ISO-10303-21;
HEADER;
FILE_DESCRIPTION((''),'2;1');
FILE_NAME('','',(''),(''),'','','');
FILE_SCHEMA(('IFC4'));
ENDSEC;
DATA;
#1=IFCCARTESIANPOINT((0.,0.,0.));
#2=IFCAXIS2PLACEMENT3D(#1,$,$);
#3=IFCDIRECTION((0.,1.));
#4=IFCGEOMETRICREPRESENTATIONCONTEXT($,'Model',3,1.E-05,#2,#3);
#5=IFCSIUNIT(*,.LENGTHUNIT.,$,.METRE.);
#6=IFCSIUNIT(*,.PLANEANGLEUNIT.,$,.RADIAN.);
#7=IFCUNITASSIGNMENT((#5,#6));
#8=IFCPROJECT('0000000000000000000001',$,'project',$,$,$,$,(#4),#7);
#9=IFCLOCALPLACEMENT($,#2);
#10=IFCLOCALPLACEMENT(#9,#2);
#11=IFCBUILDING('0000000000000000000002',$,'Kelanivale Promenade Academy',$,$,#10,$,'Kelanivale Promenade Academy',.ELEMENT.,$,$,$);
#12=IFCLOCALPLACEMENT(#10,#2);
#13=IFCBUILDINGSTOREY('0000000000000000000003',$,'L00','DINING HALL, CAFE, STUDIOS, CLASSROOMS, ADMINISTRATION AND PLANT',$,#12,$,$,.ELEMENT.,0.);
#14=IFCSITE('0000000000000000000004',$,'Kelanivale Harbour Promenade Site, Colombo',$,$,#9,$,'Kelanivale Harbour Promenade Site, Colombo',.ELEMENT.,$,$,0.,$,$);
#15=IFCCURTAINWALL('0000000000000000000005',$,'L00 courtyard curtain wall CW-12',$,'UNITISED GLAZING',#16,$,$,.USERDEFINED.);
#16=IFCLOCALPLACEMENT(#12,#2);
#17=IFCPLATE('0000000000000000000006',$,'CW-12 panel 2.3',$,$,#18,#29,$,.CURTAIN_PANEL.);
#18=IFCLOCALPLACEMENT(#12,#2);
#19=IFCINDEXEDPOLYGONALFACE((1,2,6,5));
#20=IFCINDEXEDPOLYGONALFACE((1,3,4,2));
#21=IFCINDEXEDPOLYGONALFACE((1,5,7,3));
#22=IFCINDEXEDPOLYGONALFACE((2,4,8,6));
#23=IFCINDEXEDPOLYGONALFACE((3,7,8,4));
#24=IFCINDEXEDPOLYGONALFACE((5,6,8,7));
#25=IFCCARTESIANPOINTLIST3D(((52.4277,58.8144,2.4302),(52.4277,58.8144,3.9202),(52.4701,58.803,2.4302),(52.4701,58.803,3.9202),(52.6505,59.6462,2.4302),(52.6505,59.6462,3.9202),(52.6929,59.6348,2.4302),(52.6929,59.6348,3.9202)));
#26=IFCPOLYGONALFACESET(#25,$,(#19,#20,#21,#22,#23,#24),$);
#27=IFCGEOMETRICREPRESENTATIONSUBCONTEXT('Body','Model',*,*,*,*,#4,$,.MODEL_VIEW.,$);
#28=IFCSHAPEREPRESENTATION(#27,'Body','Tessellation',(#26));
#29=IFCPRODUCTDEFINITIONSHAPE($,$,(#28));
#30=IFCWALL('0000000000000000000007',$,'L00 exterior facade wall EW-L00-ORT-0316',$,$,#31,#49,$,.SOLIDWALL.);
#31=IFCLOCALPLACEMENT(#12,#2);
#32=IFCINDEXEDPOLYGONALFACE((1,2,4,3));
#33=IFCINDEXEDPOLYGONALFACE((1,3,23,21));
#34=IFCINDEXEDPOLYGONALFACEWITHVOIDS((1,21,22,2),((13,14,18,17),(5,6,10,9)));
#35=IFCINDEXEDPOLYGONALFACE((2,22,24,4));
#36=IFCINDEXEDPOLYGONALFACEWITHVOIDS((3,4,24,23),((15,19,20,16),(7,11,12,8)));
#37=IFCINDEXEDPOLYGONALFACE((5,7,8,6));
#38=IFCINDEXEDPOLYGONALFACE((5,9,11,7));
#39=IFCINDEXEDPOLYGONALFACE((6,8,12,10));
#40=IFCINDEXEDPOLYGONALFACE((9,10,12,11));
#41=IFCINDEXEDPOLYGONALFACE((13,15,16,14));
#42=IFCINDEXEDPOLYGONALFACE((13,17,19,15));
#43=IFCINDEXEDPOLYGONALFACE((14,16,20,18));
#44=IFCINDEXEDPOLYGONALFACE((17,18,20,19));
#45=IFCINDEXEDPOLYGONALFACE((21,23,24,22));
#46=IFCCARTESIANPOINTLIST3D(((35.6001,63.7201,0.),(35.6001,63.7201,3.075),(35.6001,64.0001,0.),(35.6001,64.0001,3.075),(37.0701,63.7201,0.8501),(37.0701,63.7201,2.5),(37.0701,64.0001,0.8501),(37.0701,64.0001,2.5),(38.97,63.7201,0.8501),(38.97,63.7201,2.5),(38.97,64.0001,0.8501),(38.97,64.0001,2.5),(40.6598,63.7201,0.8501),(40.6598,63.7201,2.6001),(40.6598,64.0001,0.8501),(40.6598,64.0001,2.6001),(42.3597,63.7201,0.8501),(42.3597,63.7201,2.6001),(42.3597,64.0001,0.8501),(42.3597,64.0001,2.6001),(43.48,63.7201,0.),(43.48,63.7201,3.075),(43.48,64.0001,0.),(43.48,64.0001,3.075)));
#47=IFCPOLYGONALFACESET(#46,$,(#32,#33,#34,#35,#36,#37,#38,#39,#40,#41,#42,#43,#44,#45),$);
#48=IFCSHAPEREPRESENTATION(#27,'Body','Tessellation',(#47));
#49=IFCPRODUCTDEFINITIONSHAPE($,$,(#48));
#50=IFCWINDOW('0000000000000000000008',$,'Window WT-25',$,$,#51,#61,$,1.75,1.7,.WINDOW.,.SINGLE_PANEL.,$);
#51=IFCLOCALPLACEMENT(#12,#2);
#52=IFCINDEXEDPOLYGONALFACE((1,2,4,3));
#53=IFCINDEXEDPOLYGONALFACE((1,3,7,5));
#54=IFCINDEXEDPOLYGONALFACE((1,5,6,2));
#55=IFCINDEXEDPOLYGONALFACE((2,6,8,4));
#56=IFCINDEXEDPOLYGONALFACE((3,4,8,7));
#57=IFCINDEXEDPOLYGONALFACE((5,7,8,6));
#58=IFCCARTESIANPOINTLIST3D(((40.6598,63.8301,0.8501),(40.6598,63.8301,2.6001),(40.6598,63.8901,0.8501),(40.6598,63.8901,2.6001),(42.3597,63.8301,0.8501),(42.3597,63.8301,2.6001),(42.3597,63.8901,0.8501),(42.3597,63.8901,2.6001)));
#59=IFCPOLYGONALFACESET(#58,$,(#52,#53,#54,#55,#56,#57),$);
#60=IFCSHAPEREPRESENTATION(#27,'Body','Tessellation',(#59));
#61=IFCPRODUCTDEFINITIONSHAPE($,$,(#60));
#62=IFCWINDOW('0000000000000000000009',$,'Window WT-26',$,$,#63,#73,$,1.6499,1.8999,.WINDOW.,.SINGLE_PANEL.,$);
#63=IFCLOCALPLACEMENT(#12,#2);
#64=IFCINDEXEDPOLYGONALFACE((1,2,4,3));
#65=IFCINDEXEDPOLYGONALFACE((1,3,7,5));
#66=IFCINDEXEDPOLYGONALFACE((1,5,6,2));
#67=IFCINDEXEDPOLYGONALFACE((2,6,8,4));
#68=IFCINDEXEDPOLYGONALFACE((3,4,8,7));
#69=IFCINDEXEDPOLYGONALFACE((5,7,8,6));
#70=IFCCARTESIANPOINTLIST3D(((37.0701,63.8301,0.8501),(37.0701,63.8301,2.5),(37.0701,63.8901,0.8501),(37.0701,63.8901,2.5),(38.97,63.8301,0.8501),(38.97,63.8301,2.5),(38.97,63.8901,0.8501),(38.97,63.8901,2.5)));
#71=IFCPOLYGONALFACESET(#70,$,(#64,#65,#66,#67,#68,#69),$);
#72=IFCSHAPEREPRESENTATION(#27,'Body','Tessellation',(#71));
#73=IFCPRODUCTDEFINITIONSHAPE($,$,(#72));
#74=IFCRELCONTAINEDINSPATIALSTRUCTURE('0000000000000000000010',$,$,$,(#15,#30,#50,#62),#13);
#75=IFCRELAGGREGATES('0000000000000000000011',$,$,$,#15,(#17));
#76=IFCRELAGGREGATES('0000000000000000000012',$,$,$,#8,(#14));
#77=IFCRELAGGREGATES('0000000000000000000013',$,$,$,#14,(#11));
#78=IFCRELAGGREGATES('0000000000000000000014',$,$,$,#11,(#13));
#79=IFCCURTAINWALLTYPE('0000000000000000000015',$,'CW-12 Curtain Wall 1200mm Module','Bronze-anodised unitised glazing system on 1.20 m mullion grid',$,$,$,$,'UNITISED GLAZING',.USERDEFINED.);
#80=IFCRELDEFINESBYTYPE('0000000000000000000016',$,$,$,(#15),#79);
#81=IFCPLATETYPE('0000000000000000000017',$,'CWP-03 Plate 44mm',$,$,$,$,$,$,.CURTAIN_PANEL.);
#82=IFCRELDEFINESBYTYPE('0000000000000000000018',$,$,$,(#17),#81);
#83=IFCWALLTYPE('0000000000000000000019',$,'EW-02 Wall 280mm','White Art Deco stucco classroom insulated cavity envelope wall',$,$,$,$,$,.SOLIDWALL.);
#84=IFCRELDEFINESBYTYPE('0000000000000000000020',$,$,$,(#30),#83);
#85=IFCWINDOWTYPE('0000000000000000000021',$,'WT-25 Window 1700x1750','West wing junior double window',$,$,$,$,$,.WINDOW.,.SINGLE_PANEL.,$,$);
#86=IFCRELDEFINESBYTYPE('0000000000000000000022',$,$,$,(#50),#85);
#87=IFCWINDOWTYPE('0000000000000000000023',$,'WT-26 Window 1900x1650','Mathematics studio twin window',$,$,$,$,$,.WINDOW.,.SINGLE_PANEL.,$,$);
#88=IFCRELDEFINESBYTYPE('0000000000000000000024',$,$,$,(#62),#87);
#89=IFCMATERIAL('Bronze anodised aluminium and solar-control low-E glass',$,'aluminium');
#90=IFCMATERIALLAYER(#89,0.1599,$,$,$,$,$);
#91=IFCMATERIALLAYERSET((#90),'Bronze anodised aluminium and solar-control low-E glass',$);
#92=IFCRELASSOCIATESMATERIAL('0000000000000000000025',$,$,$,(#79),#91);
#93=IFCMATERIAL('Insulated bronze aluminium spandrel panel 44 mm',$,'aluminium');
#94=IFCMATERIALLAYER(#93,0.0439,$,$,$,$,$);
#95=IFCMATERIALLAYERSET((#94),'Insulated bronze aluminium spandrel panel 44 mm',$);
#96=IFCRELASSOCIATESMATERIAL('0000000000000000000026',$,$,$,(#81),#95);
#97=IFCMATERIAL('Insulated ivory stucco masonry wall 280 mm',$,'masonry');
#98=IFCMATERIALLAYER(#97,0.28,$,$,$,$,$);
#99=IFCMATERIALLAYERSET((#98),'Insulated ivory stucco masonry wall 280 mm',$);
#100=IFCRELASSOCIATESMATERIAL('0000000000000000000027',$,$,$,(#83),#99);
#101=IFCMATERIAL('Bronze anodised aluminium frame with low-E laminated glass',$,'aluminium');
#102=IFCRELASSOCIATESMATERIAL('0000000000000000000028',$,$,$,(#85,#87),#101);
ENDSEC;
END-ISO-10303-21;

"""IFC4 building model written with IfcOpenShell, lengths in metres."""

from ifc_helpers import new_model, si_unit, direction, frame, frame_2d, origin, origin_2d, place, context, subcontext, project, spatial, rectangle, extrude, material, layer, layer_set, type_object, element, fill, aggregate, save


model = new_model("IFC4")

# Units and contexts
model_context = context("Model", 3, precision=1e-05, world=origin(), true_north=direction((0.0, 1.0)))
body_context = subcontext(model_context, "Body", "Model", "MODEL_VIEW")
ifc_project = project(units=[si_unit("LENGTHUNIT", "METRE"), si_unit("PLANEANGLEUNIT", "RADIAN")], contexts=[model_context])

# Site, building, storey
site_placement = place(None, origin())
site = spatial("IfcSite", under=ifc_project, at=site_placement, Name="Kelanivale Harbour Promenade Site, Colombo", LongName="Kelanivale Harbour Promenade Site, Colombo", CompositionType="ELEMENT", RefElevation=0.0)
building_placement = place(site_placement, origin())
building = spatial("IfcBuilding", under=site, at=building_placement, Name="Kelanivale Promenade Academy", LongName="Kelanivale Promenade Academy", CompositionType="ELEMENT")
storey_placement = place(building_placement, origin())
storey = spatial("IfcBuildingStorey", under=building, at=storey_placement, Name="L00", Description="DINING HALL, CAFE, STUDIOS, CLASSROOMS, ADMINISTRATION AND PLANT", CompositionType="ELEMENT", Elevation=0.0)

# Curtain wall, plate
ifc_material_1 = material(Name="Bronze anodised aluminium and solar-control low-E glass", Category="aluminium")
ifc_layer_1 = layer(ifc_material_1, 0.1599)
ifc_layer_set_1 = layer_set([ifc_layer_1], Name="Bronze anodised aluminium and solar-control low-E glass")
curtain_wall_type = type_object("IfcCurtainWallType", Name="CW-12 Curtain Wall 1200mm Module", Description="Bronze-anodised unitised glazing system on 1.20 m mullion grid", ElementType="UNITISED GLAZING", PredefinedType="USERDEFINED", material=ifc_layer_set_1)
curtain_wall_placement = place(storey_placement, origin())
curtain_wall = element("IfcCurtainWall", 1, at=curtain_wall_placement, inside=storey, type_object=curtain_wall_type, Name="L00 courtyard curtain wall CW-12", ObjectType="UNITISED GLAZING", PredefinedType="USERDEFINED")
ifc_material_2 = material(Name="Insulated bronze aluminium spandrel panel 44 mm", Category="aluminium")
ifc_layer_2 = layer(ifc_material_2, 0.0439)
ifc_layer_set_2 = layer_set([ifc_layer_2], Name="Insulated bronze aluminium spandrel panel 44 mm")
plate_type = type_object("IfcPlateType", Name="CWP-03 Plate 44mm", PredefinedType="CURTAIN_PANEL", material=ifc_layer_set_2)
plate_1_placement = place(storey_placement, frame((52.5603, 59.2246, 2.4302), z_axis=(0.0, 0.0, 1.0), x_axis=(-0.258701, -0.965957, 0.0)))
plate_1 = element("IfcPlate", 2, at=plate_1_placement, type_object=plate_type, Name="CW-12 panel 2.3", PredefinedType="CURTAIN_PANEL", context=body_context, shape_type="SweptSolid", body=[
    extrude(rectangle(XDim=0.8611, YDim=0.0439, at=origin_2d()), origin(), (0.0, 0.0, 1.0), 1.49),
])
aggregate(curtain_wall, [plate_1])

# Wall, openings, windows
ifc_material_3 = material(Name="Insulated ivory stucco masonry wall 280 mm", Category="masonry")
ifc_layer_3 = layer(ifc_material_3, 0.28)
ifc_layer_set_3 = layer_set([ifc_layer_3], Name="Insulated ivory stucco masonry wall 280 mm")
wall_type = type_object("IfcWallType", Name="EW-02 Wall 280mm", Description="White Art Deco stucco classroom insulated cavity envelope wall", PredefinedType="SOLIDWALL", material=ifc_layer_set_3)
wall_placement = place(storey_placement, frame((43.48, 63.8601, 0.0), z_axis=(0.0, 0.0, 1.0), x_axis=(-1.0, 0.0, 0.0)))
wall = element("IfcWall", 3, at=wall_placement, inside=storey, type_object=wall_type, Name="L00 exterior facade wall EW-L00-ORT-0316", PredefinedType="SOLIDWALL", context=body_context, shape_type="SweptSolid", body=[
    extrude(rectangle(XDim=7.8799, YDim=0.28, at=frame_2d((3.9399, 0.0))), origin(), (0.0, 0.0, 1.0), 3.075),
])
opening_1_placement = place(wall_placement, frame((1.1201, 0.0, 0.8501)))
opening_1 = element("IfcOpeningElement", 4, at=opening_1_placement, cuts=wall, PredefinedType="OPENING", context=body_context, shape_type="SweptSolid", body=[
    extrude(rectangle(XDim=1.7, YDim=1.75, at=frame_2d((0.8501, 0.875))), frame((0.0, 0.1499, 0.0), z_axis=(0.0, -1.0, 0.0), x_axis=(1.0, 0.0, 0.0)), (0.0, 0.0, 1.0), 0.3),
])
opening_2_placement = place(wall_placement, frame((4.51, 0.0, 0.8501)))
opening_2 = element("IfcOpeningElement", 5, at=opening_2_placement, cuts=wall, PredefinedType="OPENING", context=body_context, shape_type="SweptSolid", body=[
    extrude(rectangle(XDim=1.8999, YDim=1.6499, at=frame_2d((0.95, 0.825))), frame((0.0, 0.1499, 0.0), z_axis=(0.0, -1.0, 0.0), x_axis=(1.0, 0.0, 0.0)), (0.0, 0.0, 1.0), 0.3),
])
ifc_material_4 = material(Name="Bronze anodised aluminium frame with low-E laminated glass", Category="aluminium")
window_type_1 = type_object("IfcWindowType", Name="WT-25 Window 1700x1750", Description="West wing junior double window", PartitioningType="SINGLE_PANEL", PredefinedType="WINDOW", material=ifc_material_4)
window_1_placement = place(opening_1_placement, origin())
window_1 = element("IfcWindow", 6, at=window_1_placement, inside=storey, type_object=window_type_1, Name="Window WT-25", OverallHeight=1.75, OverallWidth=1.7, PartitioningType="SINGLE_PANEL", PredefinedType="WINDOW", context=body_context, shape_type="SweptSolid", body=[
    extrude(rectangle(XDim=1.7, YDim=1.75, at=frame_2d((0.8501, 0.875))), frame((0.0, 0.03, 0.0), z_axis=(0.0, -1.0, 0.0), x_axis=(1.0, 0.0, 0.0)), (0.0, 0.0, 1.0), 0.0601),
])
fill(opening_1, window_1)
window_type_2 = type_object("IfcWindowType", Name="WT-26 Window 1900x1650", Description="Mathematics studio twin window", PartitioningType="SINGLE_PANEL", PredefinedType="WINDOW", material=ifc_material_4)
window_2_placement = place(opening_2_placement, origin())
window_2 = element("IfcWindow", 7, at=window_2_placement, inside=storey, type_object=window_type_2, Name="Window WT-26", OverallHeight=1.6499, OverallWidth=1.8999, PartitioningType="SINGLE_PANEL", PredefinedType="WINDOW", context=body_context, shape_type="SweptSolid", body=[
    extrude(rectangle(XDim=1.8999, YDim=1.6499, at=frame_2d((0.95, 0.825))), frame((0.0, 0.03, 0.0), z_axis=(0.0, -1.0, 0.0), x_axis=(1.0, 0.0, 0.0)), (0.0, 0.0, 1.0), 0.0601),
])
fill(opening_2, window_2)

save(model, "model.ifc")
